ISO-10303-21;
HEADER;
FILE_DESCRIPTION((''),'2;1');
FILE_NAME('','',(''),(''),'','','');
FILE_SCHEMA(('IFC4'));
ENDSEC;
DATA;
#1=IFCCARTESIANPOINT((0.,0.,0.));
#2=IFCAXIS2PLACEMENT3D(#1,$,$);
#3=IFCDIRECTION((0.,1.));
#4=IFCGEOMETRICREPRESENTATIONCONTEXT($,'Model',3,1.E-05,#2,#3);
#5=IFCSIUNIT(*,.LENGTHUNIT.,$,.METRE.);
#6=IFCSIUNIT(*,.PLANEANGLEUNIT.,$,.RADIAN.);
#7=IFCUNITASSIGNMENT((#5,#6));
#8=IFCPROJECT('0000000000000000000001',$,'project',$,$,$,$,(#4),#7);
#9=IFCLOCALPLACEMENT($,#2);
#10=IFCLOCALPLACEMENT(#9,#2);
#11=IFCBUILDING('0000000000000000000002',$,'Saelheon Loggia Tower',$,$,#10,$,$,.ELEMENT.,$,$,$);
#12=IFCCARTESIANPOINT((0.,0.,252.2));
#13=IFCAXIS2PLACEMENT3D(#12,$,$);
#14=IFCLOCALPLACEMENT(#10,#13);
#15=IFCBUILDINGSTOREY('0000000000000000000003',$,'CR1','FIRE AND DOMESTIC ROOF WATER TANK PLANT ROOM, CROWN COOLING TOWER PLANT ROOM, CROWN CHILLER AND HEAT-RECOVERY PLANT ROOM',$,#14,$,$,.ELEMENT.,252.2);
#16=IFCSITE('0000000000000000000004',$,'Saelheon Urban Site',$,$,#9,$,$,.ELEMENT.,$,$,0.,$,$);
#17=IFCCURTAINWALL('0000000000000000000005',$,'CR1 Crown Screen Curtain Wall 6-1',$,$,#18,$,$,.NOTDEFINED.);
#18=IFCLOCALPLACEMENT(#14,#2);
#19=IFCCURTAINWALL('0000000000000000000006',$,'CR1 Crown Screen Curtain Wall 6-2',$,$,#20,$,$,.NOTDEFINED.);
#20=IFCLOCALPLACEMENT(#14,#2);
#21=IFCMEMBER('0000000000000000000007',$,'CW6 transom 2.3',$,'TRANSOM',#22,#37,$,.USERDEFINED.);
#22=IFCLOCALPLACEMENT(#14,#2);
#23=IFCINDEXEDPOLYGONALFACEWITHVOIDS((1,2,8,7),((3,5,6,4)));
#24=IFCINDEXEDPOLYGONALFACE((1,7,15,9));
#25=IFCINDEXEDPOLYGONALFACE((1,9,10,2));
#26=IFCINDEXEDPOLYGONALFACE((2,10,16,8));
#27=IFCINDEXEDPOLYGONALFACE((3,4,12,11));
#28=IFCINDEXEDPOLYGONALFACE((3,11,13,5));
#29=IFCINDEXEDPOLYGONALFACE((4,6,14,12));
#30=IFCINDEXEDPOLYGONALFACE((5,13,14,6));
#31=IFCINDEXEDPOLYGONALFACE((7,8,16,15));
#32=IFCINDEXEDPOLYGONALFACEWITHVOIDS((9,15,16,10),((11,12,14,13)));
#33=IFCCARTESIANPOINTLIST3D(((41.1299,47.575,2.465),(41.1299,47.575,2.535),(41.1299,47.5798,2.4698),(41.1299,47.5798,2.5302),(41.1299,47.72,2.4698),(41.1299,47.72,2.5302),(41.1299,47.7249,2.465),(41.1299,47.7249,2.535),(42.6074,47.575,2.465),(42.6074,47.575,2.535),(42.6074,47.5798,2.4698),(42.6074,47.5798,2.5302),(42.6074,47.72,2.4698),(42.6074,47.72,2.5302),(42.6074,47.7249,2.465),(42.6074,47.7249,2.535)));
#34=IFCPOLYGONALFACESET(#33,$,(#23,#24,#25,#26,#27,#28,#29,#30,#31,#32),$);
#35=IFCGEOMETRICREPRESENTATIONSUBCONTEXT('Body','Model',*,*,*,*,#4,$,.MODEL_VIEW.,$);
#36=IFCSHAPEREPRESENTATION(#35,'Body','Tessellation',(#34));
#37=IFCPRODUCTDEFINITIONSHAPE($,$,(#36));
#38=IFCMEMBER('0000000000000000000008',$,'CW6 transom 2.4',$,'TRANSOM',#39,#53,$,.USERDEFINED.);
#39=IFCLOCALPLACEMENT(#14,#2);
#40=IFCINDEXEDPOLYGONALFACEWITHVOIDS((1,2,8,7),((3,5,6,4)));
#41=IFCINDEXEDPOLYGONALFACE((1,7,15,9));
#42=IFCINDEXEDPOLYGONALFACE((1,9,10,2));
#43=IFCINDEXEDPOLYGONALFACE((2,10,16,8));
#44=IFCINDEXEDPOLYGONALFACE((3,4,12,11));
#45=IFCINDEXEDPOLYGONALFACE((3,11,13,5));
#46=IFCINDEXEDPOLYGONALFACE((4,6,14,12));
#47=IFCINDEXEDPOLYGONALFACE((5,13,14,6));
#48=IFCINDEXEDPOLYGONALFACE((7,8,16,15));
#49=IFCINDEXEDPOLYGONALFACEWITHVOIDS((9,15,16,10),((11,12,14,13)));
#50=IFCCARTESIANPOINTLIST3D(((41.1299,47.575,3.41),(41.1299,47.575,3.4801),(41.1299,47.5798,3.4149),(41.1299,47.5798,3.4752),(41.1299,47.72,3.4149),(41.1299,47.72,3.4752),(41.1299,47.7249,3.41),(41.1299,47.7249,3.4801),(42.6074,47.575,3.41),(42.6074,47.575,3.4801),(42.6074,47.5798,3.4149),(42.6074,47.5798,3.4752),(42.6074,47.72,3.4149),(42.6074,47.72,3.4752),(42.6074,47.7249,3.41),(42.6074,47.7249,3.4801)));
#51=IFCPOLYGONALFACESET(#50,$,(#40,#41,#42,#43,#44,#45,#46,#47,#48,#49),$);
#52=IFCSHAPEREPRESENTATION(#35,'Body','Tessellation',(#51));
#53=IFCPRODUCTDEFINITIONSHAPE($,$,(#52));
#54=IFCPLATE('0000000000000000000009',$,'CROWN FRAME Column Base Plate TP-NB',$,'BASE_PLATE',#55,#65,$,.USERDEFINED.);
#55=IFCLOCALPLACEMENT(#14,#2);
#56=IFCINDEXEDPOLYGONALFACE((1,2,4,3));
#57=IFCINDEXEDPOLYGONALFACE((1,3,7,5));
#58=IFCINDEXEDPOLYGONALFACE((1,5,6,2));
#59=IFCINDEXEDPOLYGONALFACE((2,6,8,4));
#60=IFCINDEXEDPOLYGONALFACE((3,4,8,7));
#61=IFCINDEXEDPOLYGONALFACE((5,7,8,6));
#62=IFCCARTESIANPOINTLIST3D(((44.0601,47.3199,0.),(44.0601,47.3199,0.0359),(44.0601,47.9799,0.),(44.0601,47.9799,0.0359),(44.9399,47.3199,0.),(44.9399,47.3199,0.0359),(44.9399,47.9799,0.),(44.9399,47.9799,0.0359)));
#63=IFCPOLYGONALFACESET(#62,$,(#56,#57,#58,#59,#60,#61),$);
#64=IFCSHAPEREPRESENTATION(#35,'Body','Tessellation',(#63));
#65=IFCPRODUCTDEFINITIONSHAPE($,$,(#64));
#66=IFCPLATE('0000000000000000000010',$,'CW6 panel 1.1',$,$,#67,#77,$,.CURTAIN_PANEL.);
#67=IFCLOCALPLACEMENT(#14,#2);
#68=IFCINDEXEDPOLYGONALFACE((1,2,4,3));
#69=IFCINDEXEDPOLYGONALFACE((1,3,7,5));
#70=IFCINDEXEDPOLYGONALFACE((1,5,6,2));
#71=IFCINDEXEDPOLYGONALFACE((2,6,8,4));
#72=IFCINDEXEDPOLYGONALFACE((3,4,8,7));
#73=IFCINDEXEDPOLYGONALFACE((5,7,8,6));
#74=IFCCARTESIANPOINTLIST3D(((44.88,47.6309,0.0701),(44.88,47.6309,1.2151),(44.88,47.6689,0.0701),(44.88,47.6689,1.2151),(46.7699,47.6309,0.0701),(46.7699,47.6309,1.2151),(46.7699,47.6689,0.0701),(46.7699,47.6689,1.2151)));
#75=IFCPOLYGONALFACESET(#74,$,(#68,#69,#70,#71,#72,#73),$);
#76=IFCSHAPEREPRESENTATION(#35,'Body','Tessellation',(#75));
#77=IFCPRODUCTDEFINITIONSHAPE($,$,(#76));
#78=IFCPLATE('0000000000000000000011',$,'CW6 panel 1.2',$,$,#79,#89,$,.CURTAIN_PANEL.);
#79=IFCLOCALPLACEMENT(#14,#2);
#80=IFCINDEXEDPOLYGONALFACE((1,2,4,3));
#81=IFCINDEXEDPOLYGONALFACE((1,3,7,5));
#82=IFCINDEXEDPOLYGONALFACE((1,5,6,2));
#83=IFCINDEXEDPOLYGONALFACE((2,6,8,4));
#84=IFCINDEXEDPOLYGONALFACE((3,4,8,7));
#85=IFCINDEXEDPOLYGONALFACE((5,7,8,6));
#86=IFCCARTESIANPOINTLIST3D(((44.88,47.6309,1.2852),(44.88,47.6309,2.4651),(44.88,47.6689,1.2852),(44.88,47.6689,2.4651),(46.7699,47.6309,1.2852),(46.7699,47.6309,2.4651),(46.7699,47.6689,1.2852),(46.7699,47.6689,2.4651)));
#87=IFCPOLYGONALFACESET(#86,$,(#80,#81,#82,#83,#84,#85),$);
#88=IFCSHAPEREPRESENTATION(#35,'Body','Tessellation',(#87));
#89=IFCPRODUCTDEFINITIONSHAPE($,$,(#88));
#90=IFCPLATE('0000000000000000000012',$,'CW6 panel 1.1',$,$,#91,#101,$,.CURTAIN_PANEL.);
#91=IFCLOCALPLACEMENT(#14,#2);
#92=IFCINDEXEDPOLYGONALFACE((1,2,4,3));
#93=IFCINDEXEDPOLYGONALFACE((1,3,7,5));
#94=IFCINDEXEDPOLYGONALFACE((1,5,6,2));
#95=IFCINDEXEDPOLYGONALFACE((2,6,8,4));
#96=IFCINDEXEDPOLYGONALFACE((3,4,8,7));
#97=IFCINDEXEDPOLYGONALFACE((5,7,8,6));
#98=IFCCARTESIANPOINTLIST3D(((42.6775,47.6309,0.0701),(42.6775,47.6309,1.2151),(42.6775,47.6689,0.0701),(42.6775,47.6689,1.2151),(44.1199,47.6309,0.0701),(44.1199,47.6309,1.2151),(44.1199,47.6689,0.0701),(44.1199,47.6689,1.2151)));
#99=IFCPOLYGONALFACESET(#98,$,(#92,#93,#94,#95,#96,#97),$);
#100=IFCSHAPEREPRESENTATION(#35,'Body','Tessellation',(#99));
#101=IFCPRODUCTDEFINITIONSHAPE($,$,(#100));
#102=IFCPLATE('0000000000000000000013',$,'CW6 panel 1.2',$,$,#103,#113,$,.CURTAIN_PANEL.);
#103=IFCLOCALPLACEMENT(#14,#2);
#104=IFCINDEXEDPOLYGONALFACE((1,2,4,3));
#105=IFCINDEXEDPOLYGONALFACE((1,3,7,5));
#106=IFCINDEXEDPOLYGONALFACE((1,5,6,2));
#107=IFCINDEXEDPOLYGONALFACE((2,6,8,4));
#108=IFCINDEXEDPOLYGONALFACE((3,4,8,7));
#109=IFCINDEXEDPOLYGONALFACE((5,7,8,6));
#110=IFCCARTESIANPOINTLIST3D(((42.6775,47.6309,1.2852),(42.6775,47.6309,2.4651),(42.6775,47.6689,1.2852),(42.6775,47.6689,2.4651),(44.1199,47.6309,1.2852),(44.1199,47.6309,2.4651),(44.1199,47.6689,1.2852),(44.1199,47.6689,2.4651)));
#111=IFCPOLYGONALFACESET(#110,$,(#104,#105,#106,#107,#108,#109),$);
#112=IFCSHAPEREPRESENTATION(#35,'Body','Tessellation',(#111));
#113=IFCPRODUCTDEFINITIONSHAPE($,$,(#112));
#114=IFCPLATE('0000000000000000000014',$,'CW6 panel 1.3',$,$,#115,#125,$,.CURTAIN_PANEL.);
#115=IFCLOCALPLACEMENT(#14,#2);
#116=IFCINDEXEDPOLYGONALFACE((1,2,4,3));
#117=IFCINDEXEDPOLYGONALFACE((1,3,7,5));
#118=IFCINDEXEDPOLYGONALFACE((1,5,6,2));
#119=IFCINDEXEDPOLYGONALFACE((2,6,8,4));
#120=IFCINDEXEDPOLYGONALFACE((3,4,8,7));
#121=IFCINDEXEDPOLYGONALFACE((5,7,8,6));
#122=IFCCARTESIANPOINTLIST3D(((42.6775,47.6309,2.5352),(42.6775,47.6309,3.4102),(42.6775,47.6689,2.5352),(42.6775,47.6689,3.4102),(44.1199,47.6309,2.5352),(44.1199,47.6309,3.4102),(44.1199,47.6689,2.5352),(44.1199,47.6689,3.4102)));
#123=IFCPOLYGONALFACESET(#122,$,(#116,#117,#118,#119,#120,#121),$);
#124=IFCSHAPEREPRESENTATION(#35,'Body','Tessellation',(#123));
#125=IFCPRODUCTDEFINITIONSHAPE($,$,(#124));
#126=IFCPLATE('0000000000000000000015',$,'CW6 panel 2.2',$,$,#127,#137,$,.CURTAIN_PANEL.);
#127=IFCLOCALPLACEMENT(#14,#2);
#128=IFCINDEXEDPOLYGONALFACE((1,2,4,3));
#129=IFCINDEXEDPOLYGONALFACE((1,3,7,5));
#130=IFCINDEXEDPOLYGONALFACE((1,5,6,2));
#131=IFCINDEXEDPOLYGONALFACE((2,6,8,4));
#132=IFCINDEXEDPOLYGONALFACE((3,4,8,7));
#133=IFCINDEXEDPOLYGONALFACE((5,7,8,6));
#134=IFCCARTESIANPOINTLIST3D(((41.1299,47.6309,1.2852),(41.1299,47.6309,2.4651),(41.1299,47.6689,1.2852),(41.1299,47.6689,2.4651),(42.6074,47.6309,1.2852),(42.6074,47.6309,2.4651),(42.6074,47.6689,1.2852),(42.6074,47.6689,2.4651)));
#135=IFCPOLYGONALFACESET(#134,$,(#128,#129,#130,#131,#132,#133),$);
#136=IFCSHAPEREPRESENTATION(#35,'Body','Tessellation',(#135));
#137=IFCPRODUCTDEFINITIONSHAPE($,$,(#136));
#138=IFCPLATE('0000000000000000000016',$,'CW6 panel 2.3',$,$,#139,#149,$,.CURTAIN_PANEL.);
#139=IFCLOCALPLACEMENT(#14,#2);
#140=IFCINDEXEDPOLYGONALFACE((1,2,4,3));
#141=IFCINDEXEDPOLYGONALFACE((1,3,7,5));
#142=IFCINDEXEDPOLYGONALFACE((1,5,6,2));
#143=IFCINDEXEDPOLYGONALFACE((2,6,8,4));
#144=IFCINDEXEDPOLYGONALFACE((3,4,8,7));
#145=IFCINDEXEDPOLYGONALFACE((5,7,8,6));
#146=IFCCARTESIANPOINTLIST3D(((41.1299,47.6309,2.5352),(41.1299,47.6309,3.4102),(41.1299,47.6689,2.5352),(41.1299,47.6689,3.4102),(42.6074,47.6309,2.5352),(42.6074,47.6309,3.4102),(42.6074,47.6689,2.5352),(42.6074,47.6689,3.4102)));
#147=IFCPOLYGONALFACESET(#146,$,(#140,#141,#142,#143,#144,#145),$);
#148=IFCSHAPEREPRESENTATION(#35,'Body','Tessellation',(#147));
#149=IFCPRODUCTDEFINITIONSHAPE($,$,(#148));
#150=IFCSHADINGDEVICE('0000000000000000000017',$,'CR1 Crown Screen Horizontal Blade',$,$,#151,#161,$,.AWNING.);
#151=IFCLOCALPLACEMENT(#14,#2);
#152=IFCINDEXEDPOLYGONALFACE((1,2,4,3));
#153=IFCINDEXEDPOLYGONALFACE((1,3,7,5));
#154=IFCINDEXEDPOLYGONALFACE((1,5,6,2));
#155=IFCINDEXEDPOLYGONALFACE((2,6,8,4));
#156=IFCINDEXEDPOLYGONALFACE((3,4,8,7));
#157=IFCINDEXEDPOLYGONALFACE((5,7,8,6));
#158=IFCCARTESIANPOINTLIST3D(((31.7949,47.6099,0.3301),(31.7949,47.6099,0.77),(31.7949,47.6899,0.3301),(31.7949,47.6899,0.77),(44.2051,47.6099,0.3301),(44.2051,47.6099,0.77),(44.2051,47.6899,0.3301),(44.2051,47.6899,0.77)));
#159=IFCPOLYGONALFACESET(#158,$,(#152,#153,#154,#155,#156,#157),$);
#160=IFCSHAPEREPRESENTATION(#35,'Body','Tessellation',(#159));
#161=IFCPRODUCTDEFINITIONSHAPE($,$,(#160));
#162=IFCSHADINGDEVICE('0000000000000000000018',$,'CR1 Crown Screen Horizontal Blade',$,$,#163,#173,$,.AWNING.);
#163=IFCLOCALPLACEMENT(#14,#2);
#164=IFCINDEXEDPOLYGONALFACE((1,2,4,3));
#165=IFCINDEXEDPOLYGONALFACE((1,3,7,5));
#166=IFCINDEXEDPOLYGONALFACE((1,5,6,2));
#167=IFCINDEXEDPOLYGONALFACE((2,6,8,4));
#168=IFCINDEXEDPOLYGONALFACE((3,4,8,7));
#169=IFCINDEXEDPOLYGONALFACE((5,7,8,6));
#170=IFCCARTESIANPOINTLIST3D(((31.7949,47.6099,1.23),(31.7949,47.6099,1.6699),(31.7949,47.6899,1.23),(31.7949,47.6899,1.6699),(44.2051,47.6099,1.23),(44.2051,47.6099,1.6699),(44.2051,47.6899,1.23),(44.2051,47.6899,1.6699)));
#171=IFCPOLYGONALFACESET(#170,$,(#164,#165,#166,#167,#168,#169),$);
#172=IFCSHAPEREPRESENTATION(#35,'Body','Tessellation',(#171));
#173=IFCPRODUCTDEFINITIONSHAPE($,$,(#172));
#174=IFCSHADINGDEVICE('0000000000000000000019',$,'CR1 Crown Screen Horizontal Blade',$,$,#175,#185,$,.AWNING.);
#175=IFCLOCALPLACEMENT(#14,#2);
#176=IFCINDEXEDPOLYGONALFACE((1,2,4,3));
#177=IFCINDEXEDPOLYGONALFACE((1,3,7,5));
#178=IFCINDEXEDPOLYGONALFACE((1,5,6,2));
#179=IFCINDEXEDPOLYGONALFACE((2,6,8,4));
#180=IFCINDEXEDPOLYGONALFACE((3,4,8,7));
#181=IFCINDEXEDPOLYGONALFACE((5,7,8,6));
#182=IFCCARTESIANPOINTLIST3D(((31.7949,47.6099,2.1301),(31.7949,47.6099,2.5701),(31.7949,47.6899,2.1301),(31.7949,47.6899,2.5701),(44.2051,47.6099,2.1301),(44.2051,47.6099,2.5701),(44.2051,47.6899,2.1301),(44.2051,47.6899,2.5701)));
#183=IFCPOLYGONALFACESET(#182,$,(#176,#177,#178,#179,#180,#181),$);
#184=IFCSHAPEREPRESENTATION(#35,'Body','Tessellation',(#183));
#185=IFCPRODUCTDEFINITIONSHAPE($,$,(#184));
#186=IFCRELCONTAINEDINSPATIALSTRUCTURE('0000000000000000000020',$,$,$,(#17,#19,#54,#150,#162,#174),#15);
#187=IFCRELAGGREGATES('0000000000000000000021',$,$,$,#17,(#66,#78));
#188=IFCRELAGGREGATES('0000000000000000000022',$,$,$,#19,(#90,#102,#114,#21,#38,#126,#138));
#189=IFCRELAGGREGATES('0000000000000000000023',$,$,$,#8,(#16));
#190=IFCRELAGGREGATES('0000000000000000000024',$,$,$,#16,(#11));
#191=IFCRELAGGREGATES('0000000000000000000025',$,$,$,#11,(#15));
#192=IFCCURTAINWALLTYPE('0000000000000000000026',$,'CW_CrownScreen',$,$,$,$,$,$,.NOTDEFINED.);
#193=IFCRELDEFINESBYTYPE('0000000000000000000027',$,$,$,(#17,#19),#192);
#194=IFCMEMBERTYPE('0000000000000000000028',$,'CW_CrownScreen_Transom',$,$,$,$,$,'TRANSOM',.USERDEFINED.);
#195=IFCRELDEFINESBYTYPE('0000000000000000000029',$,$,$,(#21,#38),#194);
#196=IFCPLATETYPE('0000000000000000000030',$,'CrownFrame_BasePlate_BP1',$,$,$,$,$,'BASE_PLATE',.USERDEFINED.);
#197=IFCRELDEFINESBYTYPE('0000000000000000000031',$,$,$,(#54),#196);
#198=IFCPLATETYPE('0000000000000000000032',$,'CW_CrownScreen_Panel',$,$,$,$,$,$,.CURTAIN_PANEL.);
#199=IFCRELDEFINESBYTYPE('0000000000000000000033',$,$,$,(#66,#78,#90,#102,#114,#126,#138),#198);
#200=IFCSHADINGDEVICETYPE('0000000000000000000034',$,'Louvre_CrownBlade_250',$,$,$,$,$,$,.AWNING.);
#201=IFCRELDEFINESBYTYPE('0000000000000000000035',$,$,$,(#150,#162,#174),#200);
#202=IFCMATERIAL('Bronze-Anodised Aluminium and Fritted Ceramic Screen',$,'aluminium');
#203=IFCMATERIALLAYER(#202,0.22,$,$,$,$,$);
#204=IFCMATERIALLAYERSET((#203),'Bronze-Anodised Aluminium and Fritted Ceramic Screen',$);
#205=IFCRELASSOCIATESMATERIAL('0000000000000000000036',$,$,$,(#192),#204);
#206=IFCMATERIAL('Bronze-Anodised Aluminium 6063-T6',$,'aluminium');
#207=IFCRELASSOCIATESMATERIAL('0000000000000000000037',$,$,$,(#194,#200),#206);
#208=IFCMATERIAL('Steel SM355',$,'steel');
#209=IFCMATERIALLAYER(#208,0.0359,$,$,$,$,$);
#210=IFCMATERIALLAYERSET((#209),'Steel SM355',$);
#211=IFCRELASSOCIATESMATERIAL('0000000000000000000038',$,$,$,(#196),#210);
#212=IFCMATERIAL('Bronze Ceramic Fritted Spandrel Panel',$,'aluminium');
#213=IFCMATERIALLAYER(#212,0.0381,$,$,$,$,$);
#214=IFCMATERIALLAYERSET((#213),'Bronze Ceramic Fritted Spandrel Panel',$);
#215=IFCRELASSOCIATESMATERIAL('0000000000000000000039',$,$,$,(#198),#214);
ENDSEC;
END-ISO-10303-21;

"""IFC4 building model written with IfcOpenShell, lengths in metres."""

from ifc_helpers import new_model, si_unit, direction, frame, origin, origin_2d, place, context, subcontext, project, spatial, rectangle, hollow_rectangle, extrude, source, transform, mapped, material, layer, layer_set, material_profile, profile_set, type_object, element, aggregate, save


model = new_model("IFC4")

# Units and contexts
model_context = context("Model", 3, precision=1e-05, world=origin(), true_north=direction((0.0, 1.0)))
body_context = subcontext(model_context, "Body", "Model", "MODEL_VIEW")
ifc_project = project(units=[si_unit("LENGTHUNIT", "METRE"), si_unit("PLANEANGLEUNIT", "RADIAN")], contexts=[model_context])

# Site, building, storey
site_placement = place(None, origin())
site = spatial("IfcSite", under=ifc_project, at=site_placement, Name="Saelheon Urban Site", CompositionType="ELEMENT", RefElevation=0.0)
building_placement = place(site_placement, origin())
building = spatial("IfcBuilding", under=site, at=building_placement, Name="Saelheon Loggia Tower", CompositionType="ELEMENT")
storey_placement = place(building_placement, frame((0.0, 0.0, 252.2)))
storey = spatial("IfcBuildingStorey", under=building, at=storey_placement, Name="CR1", Description="FIRE AND DOMESTIC ROOF WATER TANK PLANT ROOM, CROWN COOLING TOWER PLANT ROOM, CROWN CHILLER AND HEAT-RECOVERY PLANT ROOM", CompositionType="ELEMENT", Elevation=252.2)

# Curtain wall
ifc_material_1 = material(Name="Bronze-Anodised Aluminium and Fritted Ceramic Screen", Category="aluminium")
ifc_layer_1 = layer(ifc_material_1, 0.22)
ifc_layer_set_1 = layer_set([ifc_layer_1], Name="Bronze-Anodised Aluminium and Fritted Ceramic Screen")
curtain_wall_type = type_object("IfcCurtainWallType", Name="CW_CrownScreen", PredefinedType="NOTDEFINED", material=ifc_layer_set_1)
curtain_wall_1_placement = place(storey_placement, origin())
curtain_wall_1 = element("IfcCurtainWall", 1, at=curtain_wall_1_placement, inside=storey, type_object=curtain_wall_type, Name="CR1 Crown Screen Curtain Wall 6-1", PredefinedType="NOTDEFINED")
ifc_material_2 = material(Name="Bronze-Anodised Aluminium 6063-T6", Category="aluminium")

# Curtain wall, members
curtain_wall_2_placement = place(storey_placement, origin())
curtain_wall_2 = element("IfcCurtainWall", 2, at=curtain_wall_2_placement, inside=storey, type_object=curtain_wall_type, Name="CR1 Crown Screen Curtain Wall 6-2", PredefinedType="NOTDEFINED")
ifc_material_profile_1 = material_profile(ifc_material_2, hollow_rectangle(XDim=0.0701, YDim=0.1499, WallThickness=0.0049, at=origin_2d()), Name="RHS-150x70x5")
ifc_profile_set_1 = profile_set([ifc_material_profile_1], Name="Bronze-Anodised Aluminium 6063-T6")
member_type_1 = type_object("IfcMemberType", Name="CW_CrownScreen_Transom", ElementType="TRANSOM", PredefinedType="USERDEFINED", material=ifc_profile_set_1)
shared_shape_1 = source(origin(), body_context, "Body", "SweptSolid", [
    extrude(hollow_rectangle(XDim=0.0701, YDim=0.1499, WallThickness=0.0049, at=origin_2d()), origin(), (0.0, 0.0, 1.0), 1.4775),
])
member_1_placement = place(storey_placement, frame((42.6074, 47.6499, 2.5), z_axis=(-1.0, 0.0, 0.0), x_axis=(0.0, 0.0, 1.0)))
member_1 = element("IfcMember", 3, at=member_1_placement, type_object=member_type_1, Name="CW6 transom 2.3", ObjectType="TRANSOM", PredefinedType="USERDEFINED", context=body_context, shape_type="MappedRepresentation", body=[
    mapped(shared_shape_1, transform((0.0, 0.0, 0.0), scale=1.0)),
])
member_2_placement = place(storey_placement, frame((42.6074, 47.6499, 3.4451), z_axis=(-1.0, 0.0, 0.0), x_axis=(0.0, 0.0, 1.0)))
member_2 = element("IfcMember", 4, at=member_2_placement, type_object=member_type_1, Name="CW6 transom 2.4", ObjectType="TRANSOM", PredefinedType="USERDEFINED", context=body_context, shape_type="MappedRepresentation", body=[
    mapped(shared_shape_1, transform((0.0, 0.0, 0.0), scale=1.0)),
])

# Plates
ifc_material_3 = material(Name="Steel SM355", Category="steel")
ifc_layer_2 = layer(ifc_material_3, 0.0359)
ifc_layer_set_2 = layer_set([ifc_layer_2], Name="Steel SM355")
plate_type_1 = type_object("IfcPlateType", Name="CrownFrame_BasePlate_BP1", ElementType="BASE_PLATE", PredefinedType="USERDEFINED", material=ifc_layer_set_2)
shared_shape_2 = source(origin(), body_context, "Body", "SweptSolid", [
    extrude(rectangle(XDim=0.8799, YDim=0.6599, at=origin_2d()), origin(), (0.0, 0.0, 1.0), 0.0359),
])
plate_1_placement = place(storey_placement, frame((44.5, 47.6499, 0.0), z_axis=(0.0, 0.0, 1.0), x_axis=(1.0, 0.0, 0.0)))
element("IfcPlate", 5, at=plate_1_placement, inside=storey, type_object=plate_type_1, Name="CROWN FRAME Column Base Plate TP-NB", ObjectType="BASE_PLATE", PredefinedType="USERDEFINED", context=body_context, shape_type="MappedRepresentation", body=[
    mapped(shared_shape_2, transform((0.0, 0.0, 0.0), scale=1.0)),
])
ifc_material_4 = material(Name="Bronze Ceramic Fritted Spandrel Panel", Category="aluminium")
ifc_layer_3 = layer(ifc_material_4, 0.0381)
ifc_layer_set_3 = layer_set([ifc_layer_3], Name="Bronze Ceramic Fritted Spandrel Panel")
plate_type_2 = type_object("IfcPlateType", Name="CW_CrownScreen_Panel", PredefinedType="CURTAIN_PANEL", material=ifc_layer_set_3)
shared_shape_3 = source(origin(), body_context, "Body", "SweptSolid", [
    extrude(rectangle(XDim=1.8899, YDim=0.0381, at=origin_2d()), origin(), (0.0, 0.0, 1.0), 1.145),
])
plate_2_placement = place(storey_placement, frame((45.825, 47.6499, 0.0701), z_axis=(0.0, 0.0, 1.0), x_axis=(-1.0, 0.0, 0.0)))
plate_2 = element("IfcPlate", 6, at=plate_2_placement, type_object=plate_type_2, Name="CW6 panel 1.1", PredefinedType="CURTAIN_PANEL", context=body_context, shape_type="MappedRepresentation", body=[
    mapped(shared_shape_3, transform((0.0, 0.0, 0.0), scale=1.0)),
])
shared_shape_4 = source(origin(), body_context, "Body", "SweptSolid", [
    extrude(rectangle(XDim=1.8899, YDim=0.0381, at=origin_2d()), origin(), (0.0, 0.0, 1.0), 1.1799),
])
plate_3_placement = place(storey_placement, frame((45.825, 47.6499, 1.2852), z_axis=(0.0, 0.0, 1.0), x_axis=(-1.0, 0.0, 0.0)))
plate_3 = element("IfcPlate", 7, at=plate_3_placement, type_object=plate_type_2, Name="CW6 panel 1.2", PredefinedType="CURTAIN_PANEL", context=body_context, shape_type="MappedRepresentation", body=[
    mapped(shared_shape_4, transform((0.0, 0.0, 0.0), scale=1.0)),
])
aggregate(curtain_wall_1, [plate_2, plate_3])
shared_shape_5 = source(origin(), body_context, "Body", "SweptSolid", [
    extrude(rectangle(XDim=1.4424, YDim=0.0381, at=origin_2d()), origin(), (0.0, 0.0, 1.0), 1.145),
])
plate_4_placement = place(storey_placement, frame((43.3987, 47.6499, 0.0701), z_axis=(0.0, 0.0, 1.0), x_axis=(-1.0, 0.0, 0.0)))
plate_4 = element("IfcPlate", 8, at=plate_4_placement, type_object=plate_type_2, Name="CW6 panel 1.1", PredefinedType="CURTAIN_PANEL", context=body_context, shape_type="MappedRepresentation", body=[
    mapped(shared_shape_5, transform((0.0, 0.0, 0.0), scale=1.0)),
])
shared_shape_6 = source(origin(), body_context, "Body", "SweptSolid", [
    extrude(rectangle(XDim=1.4424, YDim=0.0381, at=origin_2d()), origin(), (0.0, 0.0, 1.0), 1.1799),
])
plate_5_placement = place(storey_placement, frame((43.3987, 47.6499, 1.2852), z_axis=(0.0, 0.0, 1.0), x_axis=(-1.0, 0.0, 0.0)))
plate_5 = element("IfcPlate", 9, at=plate_5_placement, type_object=plate_type_2, Name="CW6 panel 1.2", PredefinedType="CURTAIN_PANEL", context=body_context, shape_type="MappedRepresentation", body=[
    mapped(shared_shape_6, transform((0.0, 0.0, 0.0), scale=1.0)),
])
shared_shape_7 = source(origin(), body_context, "Body", "SweptSolid", [
    extrude(rectangle(XDim=1.4424, YDim=0.0381, at=origin_2d()), origin(), (0.0, 0.0, 1.0), 0.875),
])
plate_6_placement = place(storey_placement, frame((43.3987, 47.6499, 2.5352), z_axis=(0.0, 0.0, 1.0), x_axis=(-1.0, 0.0, 0.0)))
plate_6 = element("IfcPlate", 10, at=plate_6_placement, type_object=plate_type_2, Name="CW6 panel 1.3", PredefinedType="CURTAIN_PANEL", context=body_context, shape_type="MappedRepresentation", body=[
    mapped(shared_shape_7, transform((0.0, 0.0, 0.0), scale=1.0)),
])
shared_shape_8 = source(origin(), body_context, "Body", "SweptSolid", [
    extrude(rectangle(XDim=1.4775, YDim=0.0381, at=origin_2d()), origin(), (0.0, 0.0, 1.0), 1.1799),
])
plate_7_placement = place(storey_placement, frame((41.8687, 47.6499, 1.2852), z_axis=(0.0, 0.0, 1.0), x_axis=(-1.0, 0.0, 0.0)))
plate_7 = element("IfcPlate", 11, at=plate_7_placement, type_object=plate_type_2, Name="CW6 panel 2.2", PredefinedType="CURTAIN_PANEL", context=body_context, shape_type="MappedRepresentation", body=[
    mapped(shared_shape_8, transform((0.0, 0.0, 0.0), scale=1.0)),
])
shared_shape_9 = source(origin(), body_context, "Body", "SweptSolid", [
    extrude(rectangle(XDim=1.4775, YDim=0.0381, at=origin_2d()), origin(), (0.0, 0.0, 1.0), 0.875),
])
plate_8_placement = place(storey_placement, frame((41.8687, 47.6499, 2.5352), z_axis=(0.0, 0.0, 1.0), x_axis=(-1.0, 0.0, 0.0)))
plate_8 = element("IfcPlate", 12, at=plate_8_placement, type_object=plate_type_2, Name="CW6 panel 2.3", PredefinedType="CURTAIN_PANEL", context=body_context, shape_type="MappedRepresentation", body=[
    mapped(shared_shape_9, transform((0.0, 0.0, 0.0), scale=1.0)),
])
aggregate(curtain_wall_2, [plate_4, plate_5, plate_6, member_1, member_2, plate_7, plate_8])

# Shading devices
ifc_material_profile_2 = material_profile(ifc_material_2, rectangle(XDim=0.0801, YDim=0.4399, at=origin_2d()), Name="Louvre_CrownBlade_250")
ifc_profile_set_2 = profile_set([ifc_material_profile_2], Name="Bronze-Anodised Aluminium 6063-T6")
shading_device_type = type_object("IfcShadingDeviceType", Name="Louvre_CrownBlade_250", PredefinedType="AWNING", material=ifc_profile_set_2)
shared_shape_10 = source(origin(), body_context, "Body", "SweptSolid", [
    extrude(rectangle(XDim=0.0801, YDim=0.4399, at=origin_2d()), origin(), (0.0, 0.0, 1.0), 12.4102),
])
for number, where, z_axis, x_axis, name in (
    (13, (44.2051, 47.6499, 0.55), (-1.0, 0.0, 0.0), (0.0, -1.0, 0.0), "CR1 Crown Screen Horizontal Blade"),
    (14, (44.2051, 47.6499, 1.45), (-1.0, 0.0, 0.0), (0.0, -1.0, 0.0), "CR1 Crown Screen Horizontal Blade"),
    (15, (44.2051, 47.6499, 2.3501), (-1.0, 0.0, 0.0), (0.0, -1.0, 0.0), "CR1 Crown Screen Horizontal Blade"),
):
    element("IfcShadingDevice", number, at=place(storey_placement, frame(where, z_axis=z_axis, x_axis=x_axis)), inside=storey, type_object=shading_device_type, Name=name, PredefinedType="AWNING", context=body_context, shape_type="MappedRepresentation", body=[
        mapped(shared_shape_10, transform((0.0, 0.0, 0.0), scale=1.0)),
    ])

save(model, "model.ifc")
